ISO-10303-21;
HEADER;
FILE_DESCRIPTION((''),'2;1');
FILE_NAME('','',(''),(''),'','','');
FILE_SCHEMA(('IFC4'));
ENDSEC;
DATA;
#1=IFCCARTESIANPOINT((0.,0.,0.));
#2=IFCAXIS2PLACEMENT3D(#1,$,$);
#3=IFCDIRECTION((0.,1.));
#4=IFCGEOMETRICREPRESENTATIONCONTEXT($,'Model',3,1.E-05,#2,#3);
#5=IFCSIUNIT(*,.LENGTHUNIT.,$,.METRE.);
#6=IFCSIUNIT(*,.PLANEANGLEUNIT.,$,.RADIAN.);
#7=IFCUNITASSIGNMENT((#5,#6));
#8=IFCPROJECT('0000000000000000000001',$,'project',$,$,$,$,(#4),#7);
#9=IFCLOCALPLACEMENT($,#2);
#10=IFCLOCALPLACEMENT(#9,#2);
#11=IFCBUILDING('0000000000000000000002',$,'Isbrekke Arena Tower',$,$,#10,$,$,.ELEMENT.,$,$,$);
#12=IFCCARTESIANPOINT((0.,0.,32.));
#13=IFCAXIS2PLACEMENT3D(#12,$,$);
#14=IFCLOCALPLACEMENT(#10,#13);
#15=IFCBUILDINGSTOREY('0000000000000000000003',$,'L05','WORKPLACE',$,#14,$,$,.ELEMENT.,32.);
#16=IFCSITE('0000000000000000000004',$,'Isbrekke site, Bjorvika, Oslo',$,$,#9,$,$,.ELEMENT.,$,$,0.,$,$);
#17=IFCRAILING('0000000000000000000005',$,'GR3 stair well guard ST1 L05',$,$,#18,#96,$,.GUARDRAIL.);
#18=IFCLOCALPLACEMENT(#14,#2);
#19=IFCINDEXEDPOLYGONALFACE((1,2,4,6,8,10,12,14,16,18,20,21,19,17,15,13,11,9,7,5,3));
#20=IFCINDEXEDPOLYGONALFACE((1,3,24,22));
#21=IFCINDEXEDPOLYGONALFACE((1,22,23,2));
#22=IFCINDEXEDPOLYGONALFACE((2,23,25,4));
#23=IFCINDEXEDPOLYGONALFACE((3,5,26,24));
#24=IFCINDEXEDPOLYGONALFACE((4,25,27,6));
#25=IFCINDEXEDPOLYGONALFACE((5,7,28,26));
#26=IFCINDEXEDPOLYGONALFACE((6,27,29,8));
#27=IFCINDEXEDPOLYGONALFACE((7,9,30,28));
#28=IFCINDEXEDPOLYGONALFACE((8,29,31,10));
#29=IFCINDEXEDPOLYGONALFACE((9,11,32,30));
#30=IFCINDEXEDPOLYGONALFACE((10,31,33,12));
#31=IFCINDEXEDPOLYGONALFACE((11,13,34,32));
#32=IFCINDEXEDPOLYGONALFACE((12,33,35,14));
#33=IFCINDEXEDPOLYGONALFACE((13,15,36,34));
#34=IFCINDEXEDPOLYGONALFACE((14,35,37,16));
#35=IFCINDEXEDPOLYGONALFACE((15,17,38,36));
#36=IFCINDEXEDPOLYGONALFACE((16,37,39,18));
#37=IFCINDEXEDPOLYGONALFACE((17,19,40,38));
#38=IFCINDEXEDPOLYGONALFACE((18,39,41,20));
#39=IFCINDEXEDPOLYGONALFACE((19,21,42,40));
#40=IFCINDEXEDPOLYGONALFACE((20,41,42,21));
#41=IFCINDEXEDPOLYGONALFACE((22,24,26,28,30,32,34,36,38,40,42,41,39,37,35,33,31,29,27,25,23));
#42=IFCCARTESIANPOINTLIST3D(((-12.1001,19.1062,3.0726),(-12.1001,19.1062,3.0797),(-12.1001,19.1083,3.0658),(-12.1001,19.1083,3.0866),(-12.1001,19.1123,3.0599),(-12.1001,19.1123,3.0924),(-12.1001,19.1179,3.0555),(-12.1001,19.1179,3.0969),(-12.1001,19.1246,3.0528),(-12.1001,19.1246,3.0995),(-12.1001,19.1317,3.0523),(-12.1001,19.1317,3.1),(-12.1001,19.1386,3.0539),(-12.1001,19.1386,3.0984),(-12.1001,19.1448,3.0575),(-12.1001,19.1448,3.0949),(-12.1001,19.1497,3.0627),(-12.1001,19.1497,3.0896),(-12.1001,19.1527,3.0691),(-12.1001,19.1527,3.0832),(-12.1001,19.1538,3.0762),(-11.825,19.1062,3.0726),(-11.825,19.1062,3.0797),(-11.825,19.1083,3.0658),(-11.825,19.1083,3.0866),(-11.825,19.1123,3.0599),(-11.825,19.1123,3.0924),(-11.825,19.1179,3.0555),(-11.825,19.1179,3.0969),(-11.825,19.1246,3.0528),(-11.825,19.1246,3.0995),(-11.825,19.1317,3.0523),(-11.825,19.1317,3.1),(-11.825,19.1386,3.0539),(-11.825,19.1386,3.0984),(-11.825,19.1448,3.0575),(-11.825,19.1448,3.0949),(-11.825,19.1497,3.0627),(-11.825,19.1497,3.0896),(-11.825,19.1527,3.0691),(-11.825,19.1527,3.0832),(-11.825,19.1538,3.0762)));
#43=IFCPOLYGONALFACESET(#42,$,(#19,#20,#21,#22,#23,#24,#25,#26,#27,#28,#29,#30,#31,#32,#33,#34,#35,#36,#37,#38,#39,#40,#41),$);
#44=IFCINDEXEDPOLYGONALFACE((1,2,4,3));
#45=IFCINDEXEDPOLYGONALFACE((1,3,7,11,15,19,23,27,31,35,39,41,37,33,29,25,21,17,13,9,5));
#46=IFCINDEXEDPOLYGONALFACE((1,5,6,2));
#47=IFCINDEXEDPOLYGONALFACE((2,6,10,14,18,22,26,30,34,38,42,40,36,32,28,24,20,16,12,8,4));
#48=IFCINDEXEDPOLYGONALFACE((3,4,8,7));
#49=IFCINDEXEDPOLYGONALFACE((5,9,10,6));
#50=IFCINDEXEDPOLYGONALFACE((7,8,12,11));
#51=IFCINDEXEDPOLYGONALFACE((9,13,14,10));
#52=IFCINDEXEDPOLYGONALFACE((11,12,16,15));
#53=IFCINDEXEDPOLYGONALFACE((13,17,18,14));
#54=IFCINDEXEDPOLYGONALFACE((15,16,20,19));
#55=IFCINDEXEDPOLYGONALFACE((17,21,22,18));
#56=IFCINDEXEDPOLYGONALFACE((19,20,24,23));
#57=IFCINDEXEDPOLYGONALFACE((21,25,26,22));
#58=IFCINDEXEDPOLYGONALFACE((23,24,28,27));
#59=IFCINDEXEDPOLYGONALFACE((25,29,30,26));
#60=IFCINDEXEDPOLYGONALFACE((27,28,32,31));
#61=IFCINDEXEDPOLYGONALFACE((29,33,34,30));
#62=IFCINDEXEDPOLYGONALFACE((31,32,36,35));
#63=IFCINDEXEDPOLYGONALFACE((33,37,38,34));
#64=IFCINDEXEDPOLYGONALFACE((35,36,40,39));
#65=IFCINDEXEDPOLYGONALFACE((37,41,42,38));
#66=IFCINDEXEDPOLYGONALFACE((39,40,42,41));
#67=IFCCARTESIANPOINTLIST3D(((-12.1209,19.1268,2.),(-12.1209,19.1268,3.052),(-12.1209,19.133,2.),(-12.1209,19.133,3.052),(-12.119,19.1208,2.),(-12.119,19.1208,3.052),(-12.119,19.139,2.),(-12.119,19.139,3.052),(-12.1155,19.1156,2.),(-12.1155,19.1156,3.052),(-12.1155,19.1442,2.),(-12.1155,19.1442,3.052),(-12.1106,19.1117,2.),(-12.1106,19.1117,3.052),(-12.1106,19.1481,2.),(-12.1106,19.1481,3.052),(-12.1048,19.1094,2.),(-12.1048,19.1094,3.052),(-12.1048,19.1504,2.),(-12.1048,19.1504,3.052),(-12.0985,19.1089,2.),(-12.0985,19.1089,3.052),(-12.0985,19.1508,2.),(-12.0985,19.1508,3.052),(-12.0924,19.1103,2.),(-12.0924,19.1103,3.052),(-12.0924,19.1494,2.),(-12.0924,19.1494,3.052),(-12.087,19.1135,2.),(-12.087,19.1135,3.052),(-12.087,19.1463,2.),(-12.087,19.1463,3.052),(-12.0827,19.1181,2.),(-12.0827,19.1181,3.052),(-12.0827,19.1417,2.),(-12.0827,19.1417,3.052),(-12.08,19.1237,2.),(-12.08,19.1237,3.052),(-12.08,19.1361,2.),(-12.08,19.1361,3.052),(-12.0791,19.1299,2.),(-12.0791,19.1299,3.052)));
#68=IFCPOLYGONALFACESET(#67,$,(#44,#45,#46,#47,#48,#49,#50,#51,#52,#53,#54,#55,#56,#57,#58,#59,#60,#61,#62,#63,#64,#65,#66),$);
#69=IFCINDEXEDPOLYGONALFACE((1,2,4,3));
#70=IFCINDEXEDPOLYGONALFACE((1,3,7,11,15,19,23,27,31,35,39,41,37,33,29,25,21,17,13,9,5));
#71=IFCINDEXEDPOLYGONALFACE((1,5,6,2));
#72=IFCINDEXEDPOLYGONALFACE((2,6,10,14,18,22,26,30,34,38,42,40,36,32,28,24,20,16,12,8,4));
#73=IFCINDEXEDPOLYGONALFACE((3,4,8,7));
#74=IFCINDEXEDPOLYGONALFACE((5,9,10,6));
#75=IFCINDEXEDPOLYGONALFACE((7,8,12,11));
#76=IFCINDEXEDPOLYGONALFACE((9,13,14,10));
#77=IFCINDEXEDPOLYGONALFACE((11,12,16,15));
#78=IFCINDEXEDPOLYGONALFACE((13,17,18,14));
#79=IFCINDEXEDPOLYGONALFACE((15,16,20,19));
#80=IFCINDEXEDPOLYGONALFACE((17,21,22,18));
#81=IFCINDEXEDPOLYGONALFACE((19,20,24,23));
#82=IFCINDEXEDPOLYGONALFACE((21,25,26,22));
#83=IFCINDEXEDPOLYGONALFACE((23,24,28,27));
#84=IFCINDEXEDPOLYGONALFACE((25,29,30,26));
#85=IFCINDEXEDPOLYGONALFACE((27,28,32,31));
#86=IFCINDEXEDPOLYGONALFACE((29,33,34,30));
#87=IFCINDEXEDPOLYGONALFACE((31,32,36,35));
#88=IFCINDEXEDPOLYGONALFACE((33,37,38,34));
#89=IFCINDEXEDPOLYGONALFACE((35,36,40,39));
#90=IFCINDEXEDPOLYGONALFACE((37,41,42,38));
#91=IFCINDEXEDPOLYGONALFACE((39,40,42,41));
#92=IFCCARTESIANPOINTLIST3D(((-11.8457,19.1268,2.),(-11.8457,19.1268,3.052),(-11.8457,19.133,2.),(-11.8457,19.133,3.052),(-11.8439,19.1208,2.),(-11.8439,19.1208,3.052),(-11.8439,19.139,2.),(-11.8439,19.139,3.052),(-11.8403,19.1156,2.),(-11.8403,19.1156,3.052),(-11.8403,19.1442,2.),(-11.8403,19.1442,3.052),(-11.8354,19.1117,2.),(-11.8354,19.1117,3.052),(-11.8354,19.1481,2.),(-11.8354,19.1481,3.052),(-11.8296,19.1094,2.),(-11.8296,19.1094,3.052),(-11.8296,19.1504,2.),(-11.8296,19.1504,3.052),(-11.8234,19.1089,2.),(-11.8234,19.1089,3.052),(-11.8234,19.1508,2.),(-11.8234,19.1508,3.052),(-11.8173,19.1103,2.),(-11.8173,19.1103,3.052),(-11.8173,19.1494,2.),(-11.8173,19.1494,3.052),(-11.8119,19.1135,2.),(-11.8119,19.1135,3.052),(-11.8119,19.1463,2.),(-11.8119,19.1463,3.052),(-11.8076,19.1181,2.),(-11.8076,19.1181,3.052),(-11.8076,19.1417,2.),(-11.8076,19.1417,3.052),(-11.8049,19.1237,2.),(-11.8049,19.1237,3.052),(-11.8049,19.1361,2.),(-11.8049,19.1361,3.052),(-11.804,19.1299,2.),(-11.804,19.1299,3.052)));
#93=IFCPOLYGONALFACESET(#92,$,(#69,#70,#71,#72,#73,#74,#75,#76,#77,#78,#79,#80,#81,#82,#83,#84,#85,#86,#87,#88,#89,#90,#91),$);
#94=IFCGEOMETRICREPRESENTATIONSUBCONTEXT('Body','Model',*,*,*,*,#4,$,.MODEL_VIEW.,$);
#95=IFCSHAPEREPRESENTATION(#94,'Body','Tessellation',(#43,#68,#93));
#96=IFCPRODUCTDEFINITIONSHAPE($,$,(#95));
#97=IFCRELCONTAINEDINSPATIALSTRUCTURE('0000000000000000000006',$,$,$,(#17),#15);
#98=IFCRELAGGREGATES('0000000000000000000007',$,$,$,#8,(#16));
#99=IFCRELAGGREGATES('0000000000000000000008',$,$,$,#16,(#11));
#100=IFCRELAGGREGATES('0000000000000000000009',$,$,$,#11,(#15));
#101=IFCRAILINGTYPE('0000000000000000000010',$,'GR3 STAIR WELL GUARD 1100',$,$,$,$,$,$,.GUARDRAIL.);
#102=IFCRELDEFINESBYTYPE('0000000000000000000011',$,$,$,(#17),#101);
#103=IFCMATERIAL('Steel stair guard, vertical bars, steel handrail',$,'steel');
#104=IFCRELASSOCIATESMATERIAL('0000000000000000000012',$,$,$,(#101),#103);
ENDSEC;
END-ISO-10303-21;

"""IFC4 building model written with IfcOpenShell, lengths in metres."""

from ifc_helpers import new_model, si_unit, direction, frame, origin, origin_2d, place, context, subcontext, project, spatial, circle, extrude, material, type_object, element, save


model = new_model("IFC4")

# Units and contexts
model_context = context("Model", 3, precision=1e-05, world=origin(), true_north=direction((0.0, 1.0)))
body_context = subcontext(model_context, "Body", "Model", "MODEL_VIEW")
ifc_project = project(units=[si_unit("LENGTHUNIT", "METRE"), si_unit("PLANEANGLEUNIT", "RADIAN")], contexts=[model_context])

# Site, building, storey
site_placement = place(None, origin())
site = spatial("IfcSite", under=ifc_project, at=site_placement, Name="Isbrekke site, Bjorvika, Oslo", CompositionType="ELEMENT", RefElevation=0.0)
building_placement = place(site_placement, origin())
building = spatial("IfcBuilding", under=site, at=building_placement, Name="Isbrekke Arena Tower", CompositionType="ELEMENT")
storey_placement = place(building_placement, frame((0.0, 0.0, 32.0)))
storey = spatial("IfcBuildingStorey", under=building, at=storey_placement, Name="L05", Description="WORKPLACE", CompositionType="ELEMENT", Elevation=32.0)

# Railing
ifc_material_1 = material(Name="Steel stair guard, vertical bars, steel handrail", Category="steel")
railing_type = type_object("IfcRailingType", Name="GR3 STAIR WELL GUARD 1100", PredefinedType="GUARDRAIL", material=ifc_material_1)
railing_placement = place(storey_placement, frame((-12.1001, 19.1299, 2.0)))
element("IfcRailing", 1, at=railing_placement, inside=storey, type_object=railing_type, Name="GR3 stair well guard ST1 L05", PredefinedType="GUARDRAIL", context=body_context, shape_type="SweptSolid", body=[
    extrude(circle(Radius=0.0239, at=origin_2d()), frame((0.0, 0.0, 1.0762), z_axis=(1.0, 0.0, 0.0), x_axis=(0.0, 1.0, 0.0)), (0.0, 0.0, 1.0), 0.2751),
    extrude(circle(Radius=0.021, at=origin_2d()), origin(), (0.0, 0.0, 1.0), 1.052),
    extrude(circle(Radius=0.021, at=origin_2d()), frame((0.2751, 0.0, 0.0)), (0.0, 0.0, 1.0), 1.052),
])

save(model, "model.ifc")
